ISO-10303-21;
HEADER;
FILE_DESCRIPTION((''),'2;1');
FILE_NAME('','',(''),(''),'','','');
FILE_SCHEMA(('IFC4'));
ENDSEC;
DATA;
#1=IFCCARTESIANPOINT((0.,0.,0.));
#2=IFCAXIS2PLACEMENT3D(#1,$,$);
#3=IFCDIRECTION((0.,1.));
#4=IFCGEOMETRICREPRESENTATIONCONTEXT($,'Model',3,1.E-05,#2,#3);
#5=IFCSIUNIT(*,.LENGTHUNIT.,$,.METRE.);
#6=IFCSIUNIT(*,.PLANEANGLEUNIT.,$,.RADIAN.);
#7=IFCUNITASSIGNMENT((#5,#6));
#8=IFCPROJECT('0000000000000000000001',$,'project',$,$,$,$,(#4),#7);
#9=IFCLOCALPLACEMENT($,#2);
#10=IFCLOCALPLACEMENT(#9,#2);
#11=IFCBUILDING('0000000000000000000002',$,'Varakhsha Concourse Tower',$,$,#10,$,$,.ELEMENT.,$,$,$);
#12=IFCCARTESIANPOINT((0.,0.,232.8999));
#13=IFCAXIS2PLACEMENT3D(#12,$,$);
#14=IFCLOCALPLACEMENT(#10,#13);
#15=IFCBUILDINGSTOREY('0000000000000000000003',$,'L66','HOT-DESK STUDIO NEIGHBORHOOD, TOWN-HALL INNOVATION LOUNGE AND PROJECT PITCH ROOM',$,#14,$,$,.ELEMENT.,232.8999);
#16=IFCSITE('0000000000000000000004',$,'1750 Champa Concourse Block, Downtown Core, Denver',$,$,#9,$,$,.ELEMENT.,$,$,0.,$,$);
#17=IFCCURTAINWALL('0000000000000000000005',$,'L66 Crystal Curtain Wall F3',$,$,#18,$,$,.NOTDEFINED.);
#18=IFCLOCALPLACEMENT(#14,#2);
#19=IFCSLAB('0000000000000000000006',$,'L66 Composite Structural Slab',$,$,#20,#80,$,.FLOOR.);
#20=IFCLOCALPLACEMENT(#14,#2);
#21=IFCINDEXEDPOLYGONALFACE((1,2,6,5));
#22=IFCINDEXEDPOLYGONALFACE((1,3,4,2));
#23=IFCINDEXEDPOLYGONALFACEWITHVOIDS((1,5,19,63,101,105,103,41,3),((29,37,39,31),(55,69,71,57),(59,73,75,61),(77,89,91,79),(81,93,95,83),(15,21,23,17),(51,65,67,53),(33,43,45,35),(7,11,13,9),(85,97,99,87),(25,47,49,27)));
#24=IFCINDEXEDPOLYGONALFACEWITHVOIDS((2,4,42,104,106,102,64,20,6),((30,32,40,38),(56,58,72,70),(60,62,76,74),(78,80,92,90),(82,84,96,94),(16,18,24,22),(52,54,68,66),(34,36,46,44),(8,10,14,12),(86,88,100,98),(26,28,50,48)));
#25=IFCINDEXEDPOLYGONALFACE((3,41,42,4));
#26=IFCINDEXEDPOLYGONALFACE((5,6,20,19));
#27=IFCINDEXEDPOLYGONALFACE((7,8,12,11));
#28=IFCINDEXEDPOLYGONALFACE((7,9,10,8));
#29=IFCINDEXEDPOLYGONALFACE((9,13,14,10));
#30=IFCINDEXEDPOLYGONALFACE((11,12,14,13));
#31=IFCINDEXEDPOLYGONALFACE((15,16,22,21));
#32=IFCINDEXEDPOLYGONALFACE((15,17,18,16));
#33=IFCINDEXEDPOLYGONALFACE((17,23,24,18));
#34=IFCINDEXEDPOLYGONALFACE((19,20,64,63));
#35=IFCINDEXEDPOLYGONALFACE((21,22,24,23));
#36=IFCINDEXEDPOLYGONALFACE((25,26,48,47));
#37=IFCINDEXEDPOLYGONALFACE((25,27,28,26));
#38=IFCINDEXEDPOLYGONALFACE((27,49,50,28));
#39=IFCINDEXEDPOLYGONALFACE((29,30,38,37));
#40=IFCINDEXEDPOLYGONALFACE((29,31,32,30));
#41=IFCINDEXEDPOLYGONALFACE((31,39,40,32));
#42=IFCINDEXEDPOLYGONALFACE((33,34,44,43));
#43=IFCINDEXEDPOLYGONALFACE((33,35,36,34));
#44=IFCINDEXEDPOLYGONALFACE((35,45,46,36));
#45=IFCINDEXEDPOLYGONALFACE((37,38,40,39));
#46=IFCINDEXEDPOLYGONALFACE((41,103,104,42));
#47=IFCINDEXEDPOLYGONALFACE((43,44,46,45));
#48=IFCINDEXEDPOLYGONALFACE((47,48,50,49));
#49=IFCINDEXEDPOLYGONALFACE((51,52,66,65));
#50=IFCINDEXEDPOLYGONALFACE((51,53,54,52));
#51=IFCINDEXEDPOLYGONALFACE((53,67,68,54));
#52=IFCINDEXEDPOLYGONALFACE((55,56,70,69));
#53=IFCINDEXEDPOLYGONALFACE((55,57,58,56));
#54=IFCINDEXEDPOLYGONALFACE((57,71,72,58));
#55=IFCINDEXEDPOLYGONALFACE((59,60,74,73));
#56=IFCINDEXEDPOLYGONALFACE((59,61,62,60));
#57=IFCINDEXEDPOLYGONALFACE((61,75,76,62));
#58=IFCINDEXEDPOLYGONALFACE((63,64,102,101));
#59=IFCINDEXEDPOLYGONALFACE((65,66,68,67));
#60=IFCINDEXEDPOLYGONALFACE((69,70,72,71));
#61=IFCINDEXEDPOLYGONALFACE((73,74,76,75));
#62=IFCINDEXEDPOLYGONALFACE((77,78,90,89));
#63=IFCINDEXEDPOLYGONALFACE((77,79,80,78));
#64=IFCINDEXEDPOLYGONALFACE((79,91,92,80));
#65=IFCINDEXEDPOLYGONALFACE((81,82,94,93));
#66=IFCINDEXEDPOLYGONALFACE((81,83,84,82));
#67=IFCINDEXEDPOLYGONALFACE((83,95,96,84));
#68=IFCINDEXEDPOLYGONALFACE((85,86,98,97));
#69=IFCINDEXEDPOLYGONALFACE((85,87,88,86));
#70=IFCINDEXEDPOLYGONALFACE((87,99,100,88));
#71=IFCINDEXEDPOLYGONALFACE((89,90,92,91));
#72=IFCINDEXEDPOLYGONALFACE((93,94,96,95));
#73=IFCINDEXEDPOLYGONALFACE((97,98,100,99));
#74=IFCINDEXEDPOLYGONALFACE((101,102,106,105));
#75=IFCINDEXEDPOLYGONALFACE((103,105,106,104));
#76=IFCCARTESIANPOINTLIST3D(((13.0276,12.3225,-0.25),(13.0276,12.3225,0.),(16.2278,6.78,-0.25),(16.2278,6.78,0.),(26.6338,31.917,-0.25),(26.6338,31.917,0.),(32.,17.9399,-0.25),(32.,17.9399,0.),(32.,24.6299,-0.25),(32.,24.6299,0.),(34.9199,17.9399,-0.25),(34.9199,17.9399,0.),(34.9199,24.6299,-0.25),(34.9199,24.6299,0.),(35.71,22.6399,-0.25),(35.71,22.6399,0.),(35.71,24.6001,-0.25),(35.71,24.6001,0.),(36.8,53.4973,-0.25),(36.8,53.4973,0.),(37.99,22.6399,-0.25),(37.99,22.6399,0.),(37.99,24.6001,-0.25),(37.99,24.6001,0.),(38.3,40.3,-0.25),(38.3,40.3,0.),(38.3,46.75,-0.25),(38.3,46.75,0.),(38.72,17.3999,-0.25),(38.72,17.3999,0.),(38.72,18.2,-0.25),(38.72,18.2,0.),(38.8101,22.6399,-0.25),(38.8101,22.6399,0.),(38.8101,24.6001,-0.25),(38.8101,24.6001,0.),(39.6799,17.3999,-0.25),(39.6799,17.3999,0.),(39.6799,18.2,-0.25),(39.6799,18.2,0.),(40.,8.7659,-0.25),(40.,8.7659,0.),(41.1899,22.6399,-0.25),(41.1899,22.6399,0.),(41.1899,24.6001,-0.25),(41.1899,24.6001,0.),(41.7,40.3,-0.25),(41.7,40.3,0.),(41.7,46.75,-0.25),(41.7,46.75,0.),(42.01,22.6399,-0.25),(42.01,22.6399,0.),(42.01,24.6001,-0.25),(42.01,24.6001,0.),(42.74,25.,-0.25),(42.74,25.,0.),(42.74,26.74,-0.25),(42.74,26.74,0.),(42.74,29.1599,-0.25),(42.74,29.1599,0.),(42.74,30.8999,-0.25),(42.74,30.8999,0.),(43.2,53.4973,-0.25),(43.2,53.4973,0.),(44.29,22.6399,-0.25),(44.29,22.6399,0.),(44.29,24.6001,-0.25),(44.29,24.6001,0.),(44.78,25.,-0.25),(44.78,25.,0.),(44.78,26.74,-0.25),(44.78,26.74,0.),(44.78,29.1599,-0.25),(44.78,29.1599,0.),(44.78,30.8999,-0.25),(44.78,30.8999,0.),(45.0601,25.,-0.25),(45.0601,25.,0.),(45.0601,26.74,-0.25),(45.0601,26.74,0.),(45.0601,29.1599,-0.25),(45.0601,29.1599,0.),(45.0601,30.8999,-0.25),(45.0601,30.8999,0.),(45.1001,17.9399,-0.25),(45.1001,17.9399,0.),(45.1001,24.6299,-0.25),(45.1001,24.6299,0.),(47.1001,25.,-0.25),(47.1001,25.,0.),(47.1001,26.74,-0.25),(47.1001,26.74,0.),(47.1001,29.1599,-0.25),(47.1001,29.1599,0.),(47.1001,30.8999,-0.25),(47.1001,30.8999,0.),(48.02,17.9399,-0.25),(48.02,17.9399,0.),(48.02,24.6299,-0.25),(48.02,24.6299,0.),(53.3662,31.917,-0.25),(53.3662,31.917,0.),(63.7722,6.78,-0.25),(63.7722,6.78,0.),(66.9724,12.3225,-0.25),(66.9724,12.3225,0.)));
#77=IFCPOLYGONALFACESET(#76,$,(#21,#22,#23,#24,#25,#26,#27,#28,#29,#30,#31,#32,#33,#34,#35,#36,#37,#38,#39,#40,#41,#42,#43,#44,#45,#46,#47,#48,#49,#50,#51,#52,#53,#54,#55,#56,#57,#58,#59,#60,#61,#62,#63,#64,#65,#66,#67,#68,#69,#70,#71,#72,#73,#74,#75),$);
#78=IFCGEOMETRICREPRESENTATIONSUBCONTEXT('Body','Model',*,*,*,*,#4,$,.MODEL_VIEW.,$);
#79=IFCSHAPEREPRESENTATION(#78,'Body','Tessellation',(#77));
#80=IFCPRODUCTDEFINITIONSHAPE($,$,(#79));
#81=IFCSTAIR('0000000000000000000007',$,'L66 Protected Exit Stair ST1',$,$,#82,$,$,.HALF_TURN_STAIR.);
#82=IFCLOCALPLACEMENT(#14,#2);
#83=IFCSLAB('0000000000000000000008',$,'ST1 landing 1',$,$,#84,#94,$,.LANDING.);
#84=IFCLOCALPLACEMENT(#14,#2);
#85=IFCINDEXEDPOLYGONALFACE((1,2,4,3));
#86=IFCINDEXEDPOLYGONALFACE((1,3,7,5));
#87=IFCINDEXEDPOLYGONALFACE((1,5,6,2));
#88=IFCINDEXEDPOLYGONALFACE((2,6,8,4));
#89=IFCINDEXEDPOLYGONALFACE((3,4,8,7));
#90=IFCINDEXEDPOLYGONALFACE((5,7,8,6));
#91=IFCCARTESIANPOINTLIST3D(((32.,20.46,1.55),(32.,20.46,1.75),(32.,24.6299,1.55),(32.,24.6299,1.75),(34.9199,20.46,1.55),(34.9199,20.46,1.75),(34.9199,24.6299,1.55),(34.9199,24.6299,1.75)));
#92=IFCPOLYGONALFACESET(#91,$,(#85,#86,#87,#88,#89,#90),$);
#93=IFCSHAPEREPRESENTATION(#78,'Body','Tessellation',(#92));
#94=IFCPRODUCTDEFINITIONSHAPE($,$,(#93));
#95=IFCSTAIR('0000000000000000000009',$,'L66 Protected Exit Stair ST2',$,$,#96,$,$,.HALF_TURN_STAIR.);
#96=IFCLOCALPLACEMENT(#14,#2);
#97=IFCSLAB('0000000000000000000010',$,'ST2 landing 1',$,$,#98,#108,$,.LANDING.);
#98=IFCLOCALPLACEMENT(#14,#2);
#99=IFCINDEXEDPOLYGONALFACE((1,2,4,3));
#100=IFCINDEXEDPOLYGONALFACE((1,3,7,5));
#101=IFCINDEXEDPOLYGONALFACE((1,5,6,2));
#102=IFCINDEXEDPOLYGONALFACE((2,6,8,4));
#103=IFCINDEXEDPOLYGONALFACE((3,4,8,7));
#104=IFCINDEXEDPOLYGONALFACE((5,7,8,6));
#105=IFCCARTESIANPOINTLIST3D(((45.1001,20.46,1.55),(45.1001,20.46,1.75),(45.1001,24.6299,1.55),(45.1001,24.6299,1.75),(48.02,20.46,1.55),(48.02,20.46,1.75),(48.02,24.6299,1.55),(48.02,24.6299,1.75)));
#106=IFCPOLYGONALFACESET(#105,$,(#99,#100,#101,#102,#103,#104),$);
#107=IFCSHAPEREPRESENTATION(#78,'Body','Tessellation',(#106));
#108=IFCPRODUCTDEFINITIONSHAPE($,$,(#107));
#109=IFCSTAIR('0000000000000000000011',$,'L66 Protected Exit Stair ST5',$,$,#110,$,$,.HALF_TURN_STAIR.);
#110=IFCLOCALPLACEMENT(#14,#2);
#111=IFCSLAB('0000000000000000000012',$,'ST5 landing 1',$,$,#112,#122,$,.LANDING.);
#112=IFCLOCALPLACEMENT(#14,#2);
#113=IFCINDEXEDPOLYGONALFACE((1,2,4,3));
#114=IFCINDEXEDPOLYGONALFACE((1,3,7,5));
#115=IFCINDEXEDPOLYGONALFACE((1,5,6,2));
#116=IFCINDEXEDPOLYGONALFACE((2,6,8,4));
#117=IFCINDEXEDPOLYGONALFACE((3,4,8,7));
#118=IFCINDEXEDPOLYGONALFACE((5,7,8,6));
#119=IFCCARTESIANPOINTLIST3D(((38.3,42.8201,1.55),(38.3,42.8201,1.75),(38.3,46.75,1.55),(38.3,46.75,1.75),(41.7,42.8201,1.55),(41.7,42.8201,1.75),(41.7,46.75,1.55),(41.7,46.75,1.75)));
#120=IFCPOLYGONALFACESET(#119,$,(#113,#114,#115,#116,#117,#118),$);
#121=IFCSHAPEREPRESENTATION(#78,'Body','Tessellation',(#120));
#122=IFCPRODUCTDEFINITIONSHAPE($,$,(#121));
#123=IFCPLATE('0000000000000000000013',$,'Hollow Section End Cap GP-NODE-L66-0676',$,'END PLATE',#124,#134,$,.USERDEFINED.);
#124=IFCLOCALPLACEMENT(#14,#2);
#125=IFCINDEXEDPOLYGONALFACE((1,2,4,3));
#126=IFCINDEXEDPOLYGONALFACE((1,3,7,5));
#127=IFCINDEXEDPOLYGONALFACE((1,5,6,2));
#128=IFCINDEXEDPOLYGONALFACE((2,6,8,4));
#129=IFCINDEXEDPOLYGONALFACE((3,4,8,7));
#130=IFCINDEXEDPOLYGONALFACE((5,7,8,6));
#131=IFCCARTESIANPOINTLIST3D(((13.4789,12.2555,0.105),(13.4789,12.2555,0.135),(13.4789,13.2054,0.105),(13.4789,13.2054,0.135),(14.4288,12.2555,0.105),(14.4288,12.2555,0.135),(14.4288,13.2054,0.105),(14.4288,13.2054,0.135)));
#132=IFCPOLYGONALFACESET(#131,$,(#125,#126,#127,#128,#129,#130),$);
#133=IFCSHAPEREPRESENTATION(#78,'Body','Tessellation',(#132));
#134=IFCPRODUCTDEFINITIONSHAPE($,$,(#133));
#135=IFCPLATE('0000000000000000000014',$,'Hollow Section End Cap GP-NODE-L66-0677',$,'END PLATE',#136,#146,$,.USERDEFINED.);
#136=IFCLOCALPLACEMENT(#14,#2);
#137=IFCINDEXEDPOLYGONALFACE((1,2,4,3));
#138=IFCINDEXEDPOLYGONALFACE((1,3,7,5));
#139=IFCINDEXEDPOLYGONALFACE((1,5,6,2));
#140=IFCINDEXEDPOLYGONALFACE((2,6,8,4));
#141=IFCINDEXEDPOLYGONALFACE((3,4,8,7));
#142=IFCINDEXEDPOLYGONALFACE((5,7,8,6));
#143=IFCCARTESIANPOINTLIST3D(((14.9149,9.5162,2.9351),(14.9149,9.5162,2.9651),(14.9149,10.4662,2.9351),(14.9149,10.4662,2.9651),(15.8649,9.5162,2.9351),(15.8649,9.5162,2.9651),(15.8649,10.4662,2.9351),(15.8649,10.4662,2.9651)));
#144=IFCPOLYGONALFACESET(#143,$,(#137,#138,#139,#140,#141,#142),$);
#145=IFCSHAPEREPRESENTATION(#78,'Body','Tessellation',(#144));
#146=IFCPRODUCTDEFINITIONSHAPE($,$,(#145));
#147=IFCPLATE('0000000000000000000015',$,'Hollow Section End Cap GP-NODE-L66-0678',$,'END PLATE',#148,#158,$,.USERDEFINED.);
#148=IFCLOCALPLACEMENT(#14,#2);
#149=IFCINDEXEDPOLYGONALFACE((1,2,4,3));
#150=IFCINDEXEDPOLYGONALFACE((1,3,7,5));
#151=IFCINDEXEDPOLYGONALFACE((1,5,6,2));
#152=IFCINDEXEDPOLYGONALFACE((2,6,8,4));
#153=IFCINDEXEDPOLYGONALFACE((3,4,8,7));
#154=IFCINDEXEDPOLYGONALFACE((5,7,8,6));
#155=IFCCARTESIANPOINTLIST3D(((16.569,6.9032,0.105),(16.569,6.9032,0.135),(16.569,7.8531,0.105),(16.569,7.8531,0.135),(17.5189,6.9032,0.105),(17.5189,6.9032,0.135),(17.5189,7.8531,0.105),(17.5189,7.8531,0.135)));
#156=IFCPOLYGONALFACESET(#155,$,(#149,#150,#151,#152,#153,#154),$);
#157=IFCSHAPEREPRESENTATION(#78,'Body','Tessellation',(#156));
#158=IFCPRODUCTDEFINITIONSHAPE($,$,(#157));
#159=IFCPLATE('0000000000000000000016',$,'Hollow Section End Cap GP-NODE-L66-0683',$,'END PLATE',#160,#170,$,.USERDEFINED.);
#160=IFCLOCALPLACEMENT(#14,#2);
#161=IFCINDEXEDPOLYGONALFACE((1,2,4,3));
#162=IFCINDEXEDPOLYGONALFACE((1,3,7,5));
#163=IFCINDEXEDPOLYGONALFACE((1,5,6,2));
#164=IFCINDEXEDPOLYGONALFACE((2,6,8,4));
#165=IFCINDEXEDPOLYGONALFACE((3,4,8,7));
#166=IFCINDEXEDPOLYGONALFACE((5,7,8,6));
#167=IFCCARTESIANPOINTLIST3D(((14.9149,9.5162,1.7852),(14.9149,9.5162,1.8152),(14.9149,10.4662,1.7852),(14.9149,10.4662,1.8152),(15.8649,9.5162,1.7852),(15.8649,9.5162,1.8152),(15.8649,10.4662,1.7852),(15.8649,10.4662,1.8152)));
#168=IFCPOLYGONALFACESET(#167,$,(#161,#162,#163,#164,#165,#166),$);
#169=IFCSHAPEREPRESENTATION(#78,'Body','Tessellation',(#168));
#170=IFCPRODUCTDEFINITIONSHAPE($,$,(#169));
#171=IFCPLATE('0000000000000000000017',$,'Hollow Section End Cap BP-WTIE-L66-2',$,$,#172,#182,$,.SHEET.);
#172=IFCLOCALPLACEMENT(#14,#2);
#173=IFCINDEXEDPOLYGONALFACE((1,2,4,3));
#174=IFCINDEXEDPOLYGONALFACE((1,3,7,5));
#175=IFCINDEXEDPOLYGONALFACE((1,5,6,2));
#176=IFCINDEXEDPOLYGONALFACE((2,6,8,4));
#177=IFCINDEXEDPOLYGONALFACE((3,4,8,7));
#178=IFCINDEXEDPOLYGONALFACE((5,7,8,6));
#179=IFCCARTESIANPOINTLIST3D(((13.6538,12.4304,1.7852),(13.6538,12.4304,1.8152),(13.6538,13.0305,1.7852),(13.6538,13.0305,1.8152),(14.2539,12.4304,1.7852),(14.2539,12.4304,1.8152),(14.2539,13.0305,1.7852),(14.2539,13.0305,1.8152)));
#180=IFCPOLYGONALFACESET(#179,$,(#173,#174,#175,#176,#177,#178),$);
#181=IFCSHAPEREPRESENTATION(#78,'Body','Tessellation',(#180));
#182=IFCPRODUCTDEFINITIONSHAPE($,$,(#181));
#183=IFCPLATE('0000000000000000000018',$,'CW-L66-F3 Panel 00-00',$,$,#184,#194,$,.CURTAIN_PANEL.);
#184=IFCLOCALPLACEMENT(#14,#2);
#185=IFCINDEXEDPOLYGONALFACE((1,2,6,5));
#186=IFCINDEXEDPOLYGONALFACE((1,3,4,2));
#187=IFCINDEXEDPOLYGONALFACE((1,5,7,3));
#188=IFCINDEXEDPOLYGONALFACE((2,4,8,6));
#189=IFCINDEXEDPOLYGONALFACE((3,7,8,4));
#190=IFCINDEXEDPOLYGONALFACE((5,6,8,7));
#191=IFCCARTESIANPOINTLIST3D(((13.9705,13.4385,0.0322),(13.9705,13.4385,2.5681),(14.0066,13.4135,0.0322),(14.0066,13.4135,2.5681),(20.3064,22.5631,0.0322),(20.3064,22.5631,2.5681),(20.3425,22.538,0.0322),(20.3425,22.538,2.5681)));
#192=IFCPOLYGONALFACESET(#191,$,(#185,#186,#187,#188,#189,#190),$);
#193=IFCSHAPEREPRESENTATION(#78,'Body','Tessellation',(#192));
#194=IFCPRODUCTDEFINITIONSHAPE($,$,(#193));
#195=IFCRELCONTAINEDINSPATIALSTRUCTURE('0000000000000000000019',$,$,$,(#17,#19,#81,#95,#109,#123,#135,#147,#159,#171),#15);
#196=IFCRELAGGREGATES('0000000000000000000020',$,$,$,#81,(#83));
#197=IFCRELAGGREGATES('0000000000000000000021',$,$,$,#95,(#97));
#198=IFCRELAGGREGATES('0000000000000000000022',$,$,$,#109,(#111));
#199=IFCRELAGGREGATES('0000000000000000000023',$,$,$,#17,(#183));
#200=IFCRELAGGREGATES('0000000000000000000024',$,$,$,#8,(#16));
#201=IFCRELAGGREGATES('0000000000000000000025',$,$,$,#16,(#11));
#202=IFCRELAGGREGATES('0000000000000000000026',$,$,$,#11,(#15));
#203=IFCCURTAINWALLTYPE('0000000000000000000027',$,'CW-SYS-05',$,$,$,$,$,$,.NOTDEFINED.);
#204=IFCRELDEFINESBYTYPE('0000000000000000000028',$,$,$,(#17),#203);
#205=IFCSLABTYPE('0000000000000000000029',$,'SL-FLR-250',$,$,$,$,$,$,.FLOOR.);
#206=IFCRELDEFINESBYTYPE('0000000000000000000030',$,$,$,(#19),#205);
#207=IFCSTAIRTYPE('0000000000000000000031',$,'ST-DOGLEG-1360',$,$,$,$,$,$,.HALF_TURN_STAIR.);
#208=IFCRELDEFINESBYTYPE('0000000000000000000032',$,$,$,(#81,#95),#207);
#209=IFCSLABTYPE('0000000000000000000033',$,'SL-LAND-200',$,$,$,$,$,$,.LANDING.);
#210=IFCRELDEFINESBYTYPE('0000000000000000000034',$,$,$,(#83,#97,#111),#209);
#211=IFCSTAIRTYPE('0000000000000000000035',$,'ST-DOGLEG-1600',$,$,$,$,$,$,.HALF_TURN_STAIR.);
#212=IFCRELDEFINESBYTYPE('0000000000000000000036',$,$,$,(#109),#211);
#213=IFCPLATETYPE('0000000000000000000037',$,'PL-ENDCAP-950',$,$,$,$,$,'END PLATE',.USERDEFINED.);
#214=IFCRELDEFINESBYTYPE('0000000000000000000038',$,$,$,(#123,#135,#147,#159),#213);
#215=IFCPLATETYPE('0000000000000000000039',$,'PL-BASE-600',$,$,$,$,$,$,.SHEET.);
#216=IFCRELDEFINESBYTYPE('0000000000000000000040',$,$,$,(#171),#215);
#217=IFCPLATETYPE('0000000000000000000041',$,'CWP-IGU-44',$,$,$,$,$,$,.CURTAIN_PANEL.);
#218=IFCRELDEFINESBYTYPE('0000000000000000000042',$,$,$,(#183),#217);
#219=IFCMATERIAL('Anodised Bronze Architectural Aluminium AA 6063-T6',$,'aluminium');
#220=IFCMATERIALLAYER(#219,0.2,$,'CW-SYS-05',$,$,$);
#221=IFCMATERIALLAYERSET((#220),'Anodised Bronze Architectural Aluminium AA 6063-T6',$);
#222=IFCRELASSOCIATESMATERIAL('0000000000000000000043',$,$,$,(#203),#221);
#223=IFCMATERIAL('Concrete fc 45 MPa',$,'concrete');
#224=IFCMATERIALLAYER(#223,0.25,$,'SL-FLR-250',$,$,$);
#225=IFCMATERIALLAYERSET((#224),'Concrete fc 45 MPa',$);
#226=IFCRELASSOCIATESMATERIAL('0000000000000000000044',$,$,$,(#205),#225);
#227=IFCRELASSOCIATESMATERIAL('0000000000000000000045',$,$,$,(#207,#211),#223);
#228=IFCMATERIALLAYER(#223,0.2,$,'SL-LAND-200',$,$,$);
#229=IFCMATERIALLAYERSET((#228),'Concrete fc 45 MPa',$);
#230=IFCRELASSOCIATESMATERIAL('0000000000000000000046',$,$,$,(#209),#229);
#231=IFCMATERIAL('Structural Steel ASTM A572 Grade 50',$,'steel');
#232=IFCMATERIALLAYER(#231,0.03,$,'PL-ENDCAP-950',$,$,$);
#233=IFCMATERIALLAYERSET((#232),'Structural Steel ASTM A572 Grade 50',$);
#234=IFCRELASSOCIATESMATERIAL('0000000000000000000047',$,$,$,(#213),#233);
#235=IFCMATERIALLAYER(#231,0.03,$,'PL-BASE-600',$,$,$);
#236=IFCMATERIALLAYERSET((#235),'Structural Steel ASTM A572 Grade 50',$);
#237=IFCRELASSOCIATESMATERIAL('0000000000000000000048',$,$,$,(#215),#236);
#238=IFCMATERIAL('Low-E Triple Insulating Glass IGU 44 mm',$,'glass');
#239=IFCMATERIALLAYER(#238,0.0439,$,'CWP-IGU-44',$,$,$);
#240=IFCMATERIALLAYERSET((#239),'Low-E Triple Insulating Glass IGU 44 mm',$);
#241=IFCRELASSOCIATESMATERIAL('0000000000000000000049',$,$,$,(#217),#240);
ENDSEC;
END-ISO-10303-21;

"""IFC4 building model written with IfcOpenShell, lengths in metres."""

from ifc_helpers import new_model, si_unit, direction, frame, origin, origin_2d, place, context, subcontext, project, spatial, polyline, rectangle, outline, extrude, source, transform, mapped, material, layer, layer_set, type_object, type_shapes, element, aggregate, save


model = new_model("IFC4")

# Units and contexts
model_context = context("Model", 3, precision=1e-05, world=origin(), true_north=direction((0.0, 1.0)))
body_context = subcontext(model_context, "Body", "Model", "MODEL_VIEW")
ifc_project = project(units=[si_unit("LENGTHUNIT", "METRE"), si_unit("PLANEANGLEUNIT", "RADIAN")], contexts=[model_context])

# Site, building, storey
site_placement = place(None, origin())
site = spatial("IfcSite", under=ifc_project, at=site_placement, Name="1750 Champa Concourse Block, Downtown Core, Denver", CompositionType="ELEMENT", RefElevation=0.0)
building_placement = place(site_placement, origin())
building = spatial("IfcBuilding", under=site, at=building_placement, Name="Varakhsha Concourse Tower", CompositionType="ELEMENT")
storey_placement = place(building_placement, frame((0.0, 0.0, 232.8999)))
storey = spatial("IfcBuildingStorey", under=building, at=storey_placement, Name="L66", Description="HOT-DESK STUDIO NEIGHBORHOOD, TOWN-HALL INNOVATION LOUNGE AND PROJECT PITCH ROOM", CompositionType="ELEMENT", Elevation=232.8999)

# Shared definitions
ifc_material_1 = material(Name="Structural Steel ASTM A572 Grade 50", Category="steel")

# Curtain wall
ifc_material_2 = material(Name="Anodised Bronze Architectural Aluminium AA 6063-T6", Category="aluminium")
ifc_layer_1 = layer(ifc_material_2, 0.2, Name="CW-SYS-05")
ifc_layer_set_1 = layer_set([ifc_layer_1], Name="Anodised Bronze Architectural Aluminium AA 6063-T6")
curtain_wall_type = type_object("IfcCurtainWallType", Name="CW-SYS-05", PredefinedType="NOTDEFINED", material=ifc_layer_set_1)
curtain_wall_1_placement = place(storey_placement, origin())
curtain_wall_1 = element("IfcCurtainWall", 1, at=curtain_wall_1_placement, inside=storey, type_object=curtain_wall_type, Name="L66 Crystal Curtain Wall F3", PredefinedType="NOTDEFINED")

# Slab
ifc_material_3 = material(Name="Concrete fc 45 MPa", Category="concrete")
ifc_layer_2 = layer(ifc_material_3, 0.25, Name="SL-FLR-250")
ifc_layer_set_2 = layer_set([ifc_layer_2], Name="Concrete fc 45 MPa")
slab_type_1 = type_object("IfcSlabType", Name="SL-FLR-250", PredefinedType="FLOOR", material=ifc_layer_set_2)
slab_1_placement = place(storey_placement, frame((0.0, 0.0, -0.25)))
element("IfcSlab", 2, at=slab_1_placement, inside=storey, type_object=slab_type_1, Name="L66 Composite Structural Slab", PredefinedType="FLOOR", context=body_context, shape_type="SweptSolid", body=[
    extrude(outline(polyline([(43.2, 53.4973), (36.8, 53.4973), (26.6338, 31.917), (13.0276, 12.3225), (16.2278, 6.78), (40.0, 8.7659), (63.7722, 6.78), (66.9724, 12.3225), (53.3662, 31.917), (43.2, 53.4973)]), holes=[polyline([(34.9199, 17.9399), (34.9199, 24.6299), (32.0, 24.6299), (32.0, 17.9399), (34.9199, 17.9399)]), polyline([(48.02, 17.9399), (48.02, 24.6299), (45.1001, 24.6299), (45.1001, 17.9399), (48.02, 17.9399)]), polyline([(41.7, 40.3), (41.7, 46.75), (38.3, 46.75), (38.3, 40.3), (41.7, 40.3)]), polyline([(42.74, 29.1599), (44.78, 29.1599), (44.78, 30.8999), (42.74, 30.8999), (42.74, 29.1599)]), polyline([(45.0601, 29.1599), (47.1001, 29.1599), (47.1001, 30.8999), (45.0601, 30.8999), (45.0601, 29.1599)]), polyline([(42.74, 25.0), (44.78, 25.0), (44.78, 26.74), (42.74, 26.74), (42.74, 25.0)]), polyline([(45.0601, 25.0), (47.1001, 25.0), (47.1001, 26.74), (45.0601, 26.74), (45.0601, 25.0)]), polyline([(35.71, 22.6399), (37.99, 22.6399), (37.99, 24.6001), (35.71, 24.6001), (35.71, 22.6399)]), polyline([(42.01, 22.6399), (44.29, 22.6399), (44.29, 24.6001), (42.01, 24.6001), (42.01, 22.6399)]), polyline([(38.8101, 22.6399), (41.1899, 22.6399), (41.1899, 24.6001), (38.8101, 24.6001), (38.8101, 22.6399)]), polyline([(38.72, 17.3999), (39.6799, 17.3999), (39.6799, 18.2), (38.72, 18.2), (38.72, 17.3999)])]), origin(), (0.0, 0.0, 1.0), 0.25),
])

# Stairs, slabs
stair_type_1 = type_object("IfcStairType", Name="ST-DOGLEG-1360", PredefinedType="HALF_TURN_STAIR", material=ifc_material_3)
stair_1_placement = place(storey_placement, origin())
stair_1 = element("IfcStair", 3, at=stair_1_placement, inside=storey, type_object=stair_type_1, Name="L66 Protected Exit Stair ST1", PredefinedType="HALF_TURN_STAIR")
ifc_layer_3 = layer(ifc_material_3, 0.2, Name="SL-LAND-200")
ifc_layer_set_3 = layer_set([ifc_layer_3], Name="Concrete fc 45 MPa")
slab_type_2 = type_object("IfcSlabType", Name="SL-LAND-200", PredefinedType="LANDING", material=ifc_layer_set_3)
slab_2_placement = place(storey_placement, frame((0.0, 0.0, 1.55)))
slab_2 = element("IfcSlab", 4, at=slab_2_placement, type_object=slab_type_2, Name="ST1 landing 1", PredefinedType="LANDING", context=body_context, shape_type="SweptSolid", body=[
    extrude(outline(polyline([(34.9199, 20.46), (34.9199, 24.6299), (32.0, 24.6299), (32.0, 20.46), (34.9199, 20.46)])), origin(), (0.0, 0.0, 1.0), 0.2),
])
aggregate(stair_1, [slab_2])
stair_2_placement = place(storey_placement, origin())
stair_2 = element("IfcStair", 5, at=stair_2_placement, inside=storey, type_object=stair_type_1, Name="L66 Protected Exit Stair ST2", PredefinedType="HALF_TURN_STAIR")
slab_3_placement = place(storey_placement, frame((0.0, 0.0, 1.55)))
slab_3 = element("IfcSlab", 6, at=slab_3_placement, type_object=slab_type_2, Name="ST2 landing 1", PredefinedType="LANDING", context=body_context, shape_type="SweptSolid", body=[
    extrude(outline(polyline([(48.02, 20.46), (48.02, 24.6299), (45.1001, 24.6299), (45.1001, 20.46), (48.02, 20.46)])), origin(), (0.0, 0.0, 1.0), 0.2),
])
aggregate(stair_2, [slab_3])
stair_type_2 = type_object("IfcStairType", Name="ST-DOGLEG-1600", PredefinedType="HALF_TURN_STAIR", material=ifc_material_3)
stair_3_placement = place(storey_placement, origin())
stair_3 = element("IfcStair", 7, at=stair_3_placement, inside=storey, type_object=stair_type_2, Name="L66 Protected Exit Stair ST5", PredefinedType="HALF_TURN_STAIR")
slab_4_placement = place(storey_placement, frame((0.0, 0.0, 1.55)))
slab_4 = element("IfcSlab", 8, at=slab_4_placement, type_object=slab_type_2, Name="ST5 landing 1", PredefinedType="LANDING", context=body_context, shape_type="SweptSolid", body=[
    extrude(outline(polyline([(41.7, 42.8201), (41.7, 46.75), (38.3, 46.75), (38.3, 42.8201), (41.7, 42.8201)])), origin(), (0.0, 0.0, 1.0), 0.2),
])
aggregate(stair_3, [slab_4])

# Plates
ifc_layer_4 = layer(ifc_material_1, 0.03, Name="PL-ENDCAP-950")
ifc_layer_set_4 = layer_set([ifc_layer_4], Name="Structural Steel ASTM A572 Grade 50")
plate_type_1 = type_object("IfcPlateType", Name="PL-ENDCAP-950", ElementType="END PLATE", PredefinedType="USERDEFINED", material=ifc_layer_set_4)
shared_shape_1 = source(origin(), body_context, "Body", "SweptSolid", [
    extrude(rectangle(XDim=0.95, YDim=0.95, at=origin_2d()), origin(), (0.0, 0.0, 1.0), 0.03),
])
type_shapes(plate_type_1, [shared_shape_1])
for number, where, z_axis, x_axis, name in (
    (9, (13.9539, 12.7305, 0.105), (0.0, 0.0, 1.0), (1.0, 0.0, 0.0), "Hollow Section End Cap GP-NODE-L66-0676"),
    (10, (15.3899, 9.9912, 2.9351), (0.0, 0.0, 1.0), (1.0, 0.0, 0.0), "Hollow Section End Cap GP-NODE-L66-0677"),
    (11, (17.0439, 7.3782, 0.105), (0.0, 0.0, 1.0), (1.0, 0.0, 0.0), "Hollow Section End Cap GP-NODE-L66-0678"),
    (12, (15.3899, 9.9912, 1.7852), (0.0, 0.0, 1.0), (1.0, 0.0, 0.0), "Hollow Section End Cap GP-NODE-L66-0683"),
):
    element("IfcPlate", number, at=place(storey_placement, frame(where, z_axis=z_axis, x_axis=x_axis)), inside=storey, type_object=plate_type_1, Name=name, ObjectType="END PLATE", PredefinedType="USERDEFINED", context=body_context, shape_type="MappedRepresentation", body=[
        mapped(shared_shape_1, transform((0.0, 0.0, 0.0), scale=1.0)),
    ])
ifc_layer_5 = layer(ifc_material_1, 0.03, Name="PL-BASE-600")
ifc_layer_set_5 = layer_set([ifc_layer_5], Name="Structural Steel ASTM A572 Grade 50")
plate_type_2 = type_object("IfcPlateType", Name="PL-BASE-600", PredefinedType="SHEET", material=ifc_layer_set_5)
shared_shape_2 = source(origin(), body_context, "Body", "SweptSolid", [
    extrude(rectangle(XDim=0.6001, YDim=0.6001, at=origin_2d()), origin(), (0.0, 0.0, 1.0), 0.03),
])
type_shapes(plate_type_2, [shared_shape_2])
plate_1_placement = place(storey_placement, frame((13.9539, 12.7305, 1.7852), z_axis=(0.0, 0.0, 1.0), x_axis=(1.0, 0.0, 0.0)))
element("IfcPlate", 13, at=plate_1_placement, inside=storey, type_object=plate_type_2, Name="Hollow Section End Cap BP-WTIE-L66-2", PredefinedType="SHEET", context=body_context, shape_type="MappedRepresentation", body=[
    mapped(shared_shape_2, transform((0.0, 0.0, 0.0), scale=1.0)),
])

# Plate
ifc_material_4 = material(Name="Low-E Triple Insulating Glass IGU 44 mm", Category="glass")
ifc_layer_6 = layer(ifc_material_4, 0.0439, Name="CWP-IGU-44")
ifc_layer_set_6 = layer_set([ifc_layer_6], Name="Low-E Triple Insulating Glass IGU 44 mm")
plate_type_3 = type_object("IfcPlateType", Name="CWP-IGU-44", PredefinedType="CURTAIN_PANEL", material=ifc_layer_set_6)
shared_shape_3 = source(origin(), body_context, "Body", "SweptSolid", [
    extrude(rectangle(XDim=11.1086, YDim=0.0439, at=origin_2d()), origin(), (0.0, 0.0, 1.0), 2.5359),
])
type_shapes(plate_type_3, [shared_shape_3])
plate_2_placement = place(storey_placement, frame((17.1565, 17.9883, 0.0322), z_axis=(0.0, 0.0, 1.0), x_axis=(0.570361, 0.821394, 0.0)))
plate_2 = element("IfcPlate", 14, at=plate_2_placement, type_object=plate_type_3, Name="CW-L66-F3 Panel 00-00", PredefinedType="CURTAIN_PANEL", context=body_context, shape_type="MappedRepresentation", body=[
    mapped(shared_shape_3, transform((0.0, 0.0, 0.0), scale=1.0)),
])
aggregate(curtain_wall_1, [plate_2])

save(model, "model.ifc")
